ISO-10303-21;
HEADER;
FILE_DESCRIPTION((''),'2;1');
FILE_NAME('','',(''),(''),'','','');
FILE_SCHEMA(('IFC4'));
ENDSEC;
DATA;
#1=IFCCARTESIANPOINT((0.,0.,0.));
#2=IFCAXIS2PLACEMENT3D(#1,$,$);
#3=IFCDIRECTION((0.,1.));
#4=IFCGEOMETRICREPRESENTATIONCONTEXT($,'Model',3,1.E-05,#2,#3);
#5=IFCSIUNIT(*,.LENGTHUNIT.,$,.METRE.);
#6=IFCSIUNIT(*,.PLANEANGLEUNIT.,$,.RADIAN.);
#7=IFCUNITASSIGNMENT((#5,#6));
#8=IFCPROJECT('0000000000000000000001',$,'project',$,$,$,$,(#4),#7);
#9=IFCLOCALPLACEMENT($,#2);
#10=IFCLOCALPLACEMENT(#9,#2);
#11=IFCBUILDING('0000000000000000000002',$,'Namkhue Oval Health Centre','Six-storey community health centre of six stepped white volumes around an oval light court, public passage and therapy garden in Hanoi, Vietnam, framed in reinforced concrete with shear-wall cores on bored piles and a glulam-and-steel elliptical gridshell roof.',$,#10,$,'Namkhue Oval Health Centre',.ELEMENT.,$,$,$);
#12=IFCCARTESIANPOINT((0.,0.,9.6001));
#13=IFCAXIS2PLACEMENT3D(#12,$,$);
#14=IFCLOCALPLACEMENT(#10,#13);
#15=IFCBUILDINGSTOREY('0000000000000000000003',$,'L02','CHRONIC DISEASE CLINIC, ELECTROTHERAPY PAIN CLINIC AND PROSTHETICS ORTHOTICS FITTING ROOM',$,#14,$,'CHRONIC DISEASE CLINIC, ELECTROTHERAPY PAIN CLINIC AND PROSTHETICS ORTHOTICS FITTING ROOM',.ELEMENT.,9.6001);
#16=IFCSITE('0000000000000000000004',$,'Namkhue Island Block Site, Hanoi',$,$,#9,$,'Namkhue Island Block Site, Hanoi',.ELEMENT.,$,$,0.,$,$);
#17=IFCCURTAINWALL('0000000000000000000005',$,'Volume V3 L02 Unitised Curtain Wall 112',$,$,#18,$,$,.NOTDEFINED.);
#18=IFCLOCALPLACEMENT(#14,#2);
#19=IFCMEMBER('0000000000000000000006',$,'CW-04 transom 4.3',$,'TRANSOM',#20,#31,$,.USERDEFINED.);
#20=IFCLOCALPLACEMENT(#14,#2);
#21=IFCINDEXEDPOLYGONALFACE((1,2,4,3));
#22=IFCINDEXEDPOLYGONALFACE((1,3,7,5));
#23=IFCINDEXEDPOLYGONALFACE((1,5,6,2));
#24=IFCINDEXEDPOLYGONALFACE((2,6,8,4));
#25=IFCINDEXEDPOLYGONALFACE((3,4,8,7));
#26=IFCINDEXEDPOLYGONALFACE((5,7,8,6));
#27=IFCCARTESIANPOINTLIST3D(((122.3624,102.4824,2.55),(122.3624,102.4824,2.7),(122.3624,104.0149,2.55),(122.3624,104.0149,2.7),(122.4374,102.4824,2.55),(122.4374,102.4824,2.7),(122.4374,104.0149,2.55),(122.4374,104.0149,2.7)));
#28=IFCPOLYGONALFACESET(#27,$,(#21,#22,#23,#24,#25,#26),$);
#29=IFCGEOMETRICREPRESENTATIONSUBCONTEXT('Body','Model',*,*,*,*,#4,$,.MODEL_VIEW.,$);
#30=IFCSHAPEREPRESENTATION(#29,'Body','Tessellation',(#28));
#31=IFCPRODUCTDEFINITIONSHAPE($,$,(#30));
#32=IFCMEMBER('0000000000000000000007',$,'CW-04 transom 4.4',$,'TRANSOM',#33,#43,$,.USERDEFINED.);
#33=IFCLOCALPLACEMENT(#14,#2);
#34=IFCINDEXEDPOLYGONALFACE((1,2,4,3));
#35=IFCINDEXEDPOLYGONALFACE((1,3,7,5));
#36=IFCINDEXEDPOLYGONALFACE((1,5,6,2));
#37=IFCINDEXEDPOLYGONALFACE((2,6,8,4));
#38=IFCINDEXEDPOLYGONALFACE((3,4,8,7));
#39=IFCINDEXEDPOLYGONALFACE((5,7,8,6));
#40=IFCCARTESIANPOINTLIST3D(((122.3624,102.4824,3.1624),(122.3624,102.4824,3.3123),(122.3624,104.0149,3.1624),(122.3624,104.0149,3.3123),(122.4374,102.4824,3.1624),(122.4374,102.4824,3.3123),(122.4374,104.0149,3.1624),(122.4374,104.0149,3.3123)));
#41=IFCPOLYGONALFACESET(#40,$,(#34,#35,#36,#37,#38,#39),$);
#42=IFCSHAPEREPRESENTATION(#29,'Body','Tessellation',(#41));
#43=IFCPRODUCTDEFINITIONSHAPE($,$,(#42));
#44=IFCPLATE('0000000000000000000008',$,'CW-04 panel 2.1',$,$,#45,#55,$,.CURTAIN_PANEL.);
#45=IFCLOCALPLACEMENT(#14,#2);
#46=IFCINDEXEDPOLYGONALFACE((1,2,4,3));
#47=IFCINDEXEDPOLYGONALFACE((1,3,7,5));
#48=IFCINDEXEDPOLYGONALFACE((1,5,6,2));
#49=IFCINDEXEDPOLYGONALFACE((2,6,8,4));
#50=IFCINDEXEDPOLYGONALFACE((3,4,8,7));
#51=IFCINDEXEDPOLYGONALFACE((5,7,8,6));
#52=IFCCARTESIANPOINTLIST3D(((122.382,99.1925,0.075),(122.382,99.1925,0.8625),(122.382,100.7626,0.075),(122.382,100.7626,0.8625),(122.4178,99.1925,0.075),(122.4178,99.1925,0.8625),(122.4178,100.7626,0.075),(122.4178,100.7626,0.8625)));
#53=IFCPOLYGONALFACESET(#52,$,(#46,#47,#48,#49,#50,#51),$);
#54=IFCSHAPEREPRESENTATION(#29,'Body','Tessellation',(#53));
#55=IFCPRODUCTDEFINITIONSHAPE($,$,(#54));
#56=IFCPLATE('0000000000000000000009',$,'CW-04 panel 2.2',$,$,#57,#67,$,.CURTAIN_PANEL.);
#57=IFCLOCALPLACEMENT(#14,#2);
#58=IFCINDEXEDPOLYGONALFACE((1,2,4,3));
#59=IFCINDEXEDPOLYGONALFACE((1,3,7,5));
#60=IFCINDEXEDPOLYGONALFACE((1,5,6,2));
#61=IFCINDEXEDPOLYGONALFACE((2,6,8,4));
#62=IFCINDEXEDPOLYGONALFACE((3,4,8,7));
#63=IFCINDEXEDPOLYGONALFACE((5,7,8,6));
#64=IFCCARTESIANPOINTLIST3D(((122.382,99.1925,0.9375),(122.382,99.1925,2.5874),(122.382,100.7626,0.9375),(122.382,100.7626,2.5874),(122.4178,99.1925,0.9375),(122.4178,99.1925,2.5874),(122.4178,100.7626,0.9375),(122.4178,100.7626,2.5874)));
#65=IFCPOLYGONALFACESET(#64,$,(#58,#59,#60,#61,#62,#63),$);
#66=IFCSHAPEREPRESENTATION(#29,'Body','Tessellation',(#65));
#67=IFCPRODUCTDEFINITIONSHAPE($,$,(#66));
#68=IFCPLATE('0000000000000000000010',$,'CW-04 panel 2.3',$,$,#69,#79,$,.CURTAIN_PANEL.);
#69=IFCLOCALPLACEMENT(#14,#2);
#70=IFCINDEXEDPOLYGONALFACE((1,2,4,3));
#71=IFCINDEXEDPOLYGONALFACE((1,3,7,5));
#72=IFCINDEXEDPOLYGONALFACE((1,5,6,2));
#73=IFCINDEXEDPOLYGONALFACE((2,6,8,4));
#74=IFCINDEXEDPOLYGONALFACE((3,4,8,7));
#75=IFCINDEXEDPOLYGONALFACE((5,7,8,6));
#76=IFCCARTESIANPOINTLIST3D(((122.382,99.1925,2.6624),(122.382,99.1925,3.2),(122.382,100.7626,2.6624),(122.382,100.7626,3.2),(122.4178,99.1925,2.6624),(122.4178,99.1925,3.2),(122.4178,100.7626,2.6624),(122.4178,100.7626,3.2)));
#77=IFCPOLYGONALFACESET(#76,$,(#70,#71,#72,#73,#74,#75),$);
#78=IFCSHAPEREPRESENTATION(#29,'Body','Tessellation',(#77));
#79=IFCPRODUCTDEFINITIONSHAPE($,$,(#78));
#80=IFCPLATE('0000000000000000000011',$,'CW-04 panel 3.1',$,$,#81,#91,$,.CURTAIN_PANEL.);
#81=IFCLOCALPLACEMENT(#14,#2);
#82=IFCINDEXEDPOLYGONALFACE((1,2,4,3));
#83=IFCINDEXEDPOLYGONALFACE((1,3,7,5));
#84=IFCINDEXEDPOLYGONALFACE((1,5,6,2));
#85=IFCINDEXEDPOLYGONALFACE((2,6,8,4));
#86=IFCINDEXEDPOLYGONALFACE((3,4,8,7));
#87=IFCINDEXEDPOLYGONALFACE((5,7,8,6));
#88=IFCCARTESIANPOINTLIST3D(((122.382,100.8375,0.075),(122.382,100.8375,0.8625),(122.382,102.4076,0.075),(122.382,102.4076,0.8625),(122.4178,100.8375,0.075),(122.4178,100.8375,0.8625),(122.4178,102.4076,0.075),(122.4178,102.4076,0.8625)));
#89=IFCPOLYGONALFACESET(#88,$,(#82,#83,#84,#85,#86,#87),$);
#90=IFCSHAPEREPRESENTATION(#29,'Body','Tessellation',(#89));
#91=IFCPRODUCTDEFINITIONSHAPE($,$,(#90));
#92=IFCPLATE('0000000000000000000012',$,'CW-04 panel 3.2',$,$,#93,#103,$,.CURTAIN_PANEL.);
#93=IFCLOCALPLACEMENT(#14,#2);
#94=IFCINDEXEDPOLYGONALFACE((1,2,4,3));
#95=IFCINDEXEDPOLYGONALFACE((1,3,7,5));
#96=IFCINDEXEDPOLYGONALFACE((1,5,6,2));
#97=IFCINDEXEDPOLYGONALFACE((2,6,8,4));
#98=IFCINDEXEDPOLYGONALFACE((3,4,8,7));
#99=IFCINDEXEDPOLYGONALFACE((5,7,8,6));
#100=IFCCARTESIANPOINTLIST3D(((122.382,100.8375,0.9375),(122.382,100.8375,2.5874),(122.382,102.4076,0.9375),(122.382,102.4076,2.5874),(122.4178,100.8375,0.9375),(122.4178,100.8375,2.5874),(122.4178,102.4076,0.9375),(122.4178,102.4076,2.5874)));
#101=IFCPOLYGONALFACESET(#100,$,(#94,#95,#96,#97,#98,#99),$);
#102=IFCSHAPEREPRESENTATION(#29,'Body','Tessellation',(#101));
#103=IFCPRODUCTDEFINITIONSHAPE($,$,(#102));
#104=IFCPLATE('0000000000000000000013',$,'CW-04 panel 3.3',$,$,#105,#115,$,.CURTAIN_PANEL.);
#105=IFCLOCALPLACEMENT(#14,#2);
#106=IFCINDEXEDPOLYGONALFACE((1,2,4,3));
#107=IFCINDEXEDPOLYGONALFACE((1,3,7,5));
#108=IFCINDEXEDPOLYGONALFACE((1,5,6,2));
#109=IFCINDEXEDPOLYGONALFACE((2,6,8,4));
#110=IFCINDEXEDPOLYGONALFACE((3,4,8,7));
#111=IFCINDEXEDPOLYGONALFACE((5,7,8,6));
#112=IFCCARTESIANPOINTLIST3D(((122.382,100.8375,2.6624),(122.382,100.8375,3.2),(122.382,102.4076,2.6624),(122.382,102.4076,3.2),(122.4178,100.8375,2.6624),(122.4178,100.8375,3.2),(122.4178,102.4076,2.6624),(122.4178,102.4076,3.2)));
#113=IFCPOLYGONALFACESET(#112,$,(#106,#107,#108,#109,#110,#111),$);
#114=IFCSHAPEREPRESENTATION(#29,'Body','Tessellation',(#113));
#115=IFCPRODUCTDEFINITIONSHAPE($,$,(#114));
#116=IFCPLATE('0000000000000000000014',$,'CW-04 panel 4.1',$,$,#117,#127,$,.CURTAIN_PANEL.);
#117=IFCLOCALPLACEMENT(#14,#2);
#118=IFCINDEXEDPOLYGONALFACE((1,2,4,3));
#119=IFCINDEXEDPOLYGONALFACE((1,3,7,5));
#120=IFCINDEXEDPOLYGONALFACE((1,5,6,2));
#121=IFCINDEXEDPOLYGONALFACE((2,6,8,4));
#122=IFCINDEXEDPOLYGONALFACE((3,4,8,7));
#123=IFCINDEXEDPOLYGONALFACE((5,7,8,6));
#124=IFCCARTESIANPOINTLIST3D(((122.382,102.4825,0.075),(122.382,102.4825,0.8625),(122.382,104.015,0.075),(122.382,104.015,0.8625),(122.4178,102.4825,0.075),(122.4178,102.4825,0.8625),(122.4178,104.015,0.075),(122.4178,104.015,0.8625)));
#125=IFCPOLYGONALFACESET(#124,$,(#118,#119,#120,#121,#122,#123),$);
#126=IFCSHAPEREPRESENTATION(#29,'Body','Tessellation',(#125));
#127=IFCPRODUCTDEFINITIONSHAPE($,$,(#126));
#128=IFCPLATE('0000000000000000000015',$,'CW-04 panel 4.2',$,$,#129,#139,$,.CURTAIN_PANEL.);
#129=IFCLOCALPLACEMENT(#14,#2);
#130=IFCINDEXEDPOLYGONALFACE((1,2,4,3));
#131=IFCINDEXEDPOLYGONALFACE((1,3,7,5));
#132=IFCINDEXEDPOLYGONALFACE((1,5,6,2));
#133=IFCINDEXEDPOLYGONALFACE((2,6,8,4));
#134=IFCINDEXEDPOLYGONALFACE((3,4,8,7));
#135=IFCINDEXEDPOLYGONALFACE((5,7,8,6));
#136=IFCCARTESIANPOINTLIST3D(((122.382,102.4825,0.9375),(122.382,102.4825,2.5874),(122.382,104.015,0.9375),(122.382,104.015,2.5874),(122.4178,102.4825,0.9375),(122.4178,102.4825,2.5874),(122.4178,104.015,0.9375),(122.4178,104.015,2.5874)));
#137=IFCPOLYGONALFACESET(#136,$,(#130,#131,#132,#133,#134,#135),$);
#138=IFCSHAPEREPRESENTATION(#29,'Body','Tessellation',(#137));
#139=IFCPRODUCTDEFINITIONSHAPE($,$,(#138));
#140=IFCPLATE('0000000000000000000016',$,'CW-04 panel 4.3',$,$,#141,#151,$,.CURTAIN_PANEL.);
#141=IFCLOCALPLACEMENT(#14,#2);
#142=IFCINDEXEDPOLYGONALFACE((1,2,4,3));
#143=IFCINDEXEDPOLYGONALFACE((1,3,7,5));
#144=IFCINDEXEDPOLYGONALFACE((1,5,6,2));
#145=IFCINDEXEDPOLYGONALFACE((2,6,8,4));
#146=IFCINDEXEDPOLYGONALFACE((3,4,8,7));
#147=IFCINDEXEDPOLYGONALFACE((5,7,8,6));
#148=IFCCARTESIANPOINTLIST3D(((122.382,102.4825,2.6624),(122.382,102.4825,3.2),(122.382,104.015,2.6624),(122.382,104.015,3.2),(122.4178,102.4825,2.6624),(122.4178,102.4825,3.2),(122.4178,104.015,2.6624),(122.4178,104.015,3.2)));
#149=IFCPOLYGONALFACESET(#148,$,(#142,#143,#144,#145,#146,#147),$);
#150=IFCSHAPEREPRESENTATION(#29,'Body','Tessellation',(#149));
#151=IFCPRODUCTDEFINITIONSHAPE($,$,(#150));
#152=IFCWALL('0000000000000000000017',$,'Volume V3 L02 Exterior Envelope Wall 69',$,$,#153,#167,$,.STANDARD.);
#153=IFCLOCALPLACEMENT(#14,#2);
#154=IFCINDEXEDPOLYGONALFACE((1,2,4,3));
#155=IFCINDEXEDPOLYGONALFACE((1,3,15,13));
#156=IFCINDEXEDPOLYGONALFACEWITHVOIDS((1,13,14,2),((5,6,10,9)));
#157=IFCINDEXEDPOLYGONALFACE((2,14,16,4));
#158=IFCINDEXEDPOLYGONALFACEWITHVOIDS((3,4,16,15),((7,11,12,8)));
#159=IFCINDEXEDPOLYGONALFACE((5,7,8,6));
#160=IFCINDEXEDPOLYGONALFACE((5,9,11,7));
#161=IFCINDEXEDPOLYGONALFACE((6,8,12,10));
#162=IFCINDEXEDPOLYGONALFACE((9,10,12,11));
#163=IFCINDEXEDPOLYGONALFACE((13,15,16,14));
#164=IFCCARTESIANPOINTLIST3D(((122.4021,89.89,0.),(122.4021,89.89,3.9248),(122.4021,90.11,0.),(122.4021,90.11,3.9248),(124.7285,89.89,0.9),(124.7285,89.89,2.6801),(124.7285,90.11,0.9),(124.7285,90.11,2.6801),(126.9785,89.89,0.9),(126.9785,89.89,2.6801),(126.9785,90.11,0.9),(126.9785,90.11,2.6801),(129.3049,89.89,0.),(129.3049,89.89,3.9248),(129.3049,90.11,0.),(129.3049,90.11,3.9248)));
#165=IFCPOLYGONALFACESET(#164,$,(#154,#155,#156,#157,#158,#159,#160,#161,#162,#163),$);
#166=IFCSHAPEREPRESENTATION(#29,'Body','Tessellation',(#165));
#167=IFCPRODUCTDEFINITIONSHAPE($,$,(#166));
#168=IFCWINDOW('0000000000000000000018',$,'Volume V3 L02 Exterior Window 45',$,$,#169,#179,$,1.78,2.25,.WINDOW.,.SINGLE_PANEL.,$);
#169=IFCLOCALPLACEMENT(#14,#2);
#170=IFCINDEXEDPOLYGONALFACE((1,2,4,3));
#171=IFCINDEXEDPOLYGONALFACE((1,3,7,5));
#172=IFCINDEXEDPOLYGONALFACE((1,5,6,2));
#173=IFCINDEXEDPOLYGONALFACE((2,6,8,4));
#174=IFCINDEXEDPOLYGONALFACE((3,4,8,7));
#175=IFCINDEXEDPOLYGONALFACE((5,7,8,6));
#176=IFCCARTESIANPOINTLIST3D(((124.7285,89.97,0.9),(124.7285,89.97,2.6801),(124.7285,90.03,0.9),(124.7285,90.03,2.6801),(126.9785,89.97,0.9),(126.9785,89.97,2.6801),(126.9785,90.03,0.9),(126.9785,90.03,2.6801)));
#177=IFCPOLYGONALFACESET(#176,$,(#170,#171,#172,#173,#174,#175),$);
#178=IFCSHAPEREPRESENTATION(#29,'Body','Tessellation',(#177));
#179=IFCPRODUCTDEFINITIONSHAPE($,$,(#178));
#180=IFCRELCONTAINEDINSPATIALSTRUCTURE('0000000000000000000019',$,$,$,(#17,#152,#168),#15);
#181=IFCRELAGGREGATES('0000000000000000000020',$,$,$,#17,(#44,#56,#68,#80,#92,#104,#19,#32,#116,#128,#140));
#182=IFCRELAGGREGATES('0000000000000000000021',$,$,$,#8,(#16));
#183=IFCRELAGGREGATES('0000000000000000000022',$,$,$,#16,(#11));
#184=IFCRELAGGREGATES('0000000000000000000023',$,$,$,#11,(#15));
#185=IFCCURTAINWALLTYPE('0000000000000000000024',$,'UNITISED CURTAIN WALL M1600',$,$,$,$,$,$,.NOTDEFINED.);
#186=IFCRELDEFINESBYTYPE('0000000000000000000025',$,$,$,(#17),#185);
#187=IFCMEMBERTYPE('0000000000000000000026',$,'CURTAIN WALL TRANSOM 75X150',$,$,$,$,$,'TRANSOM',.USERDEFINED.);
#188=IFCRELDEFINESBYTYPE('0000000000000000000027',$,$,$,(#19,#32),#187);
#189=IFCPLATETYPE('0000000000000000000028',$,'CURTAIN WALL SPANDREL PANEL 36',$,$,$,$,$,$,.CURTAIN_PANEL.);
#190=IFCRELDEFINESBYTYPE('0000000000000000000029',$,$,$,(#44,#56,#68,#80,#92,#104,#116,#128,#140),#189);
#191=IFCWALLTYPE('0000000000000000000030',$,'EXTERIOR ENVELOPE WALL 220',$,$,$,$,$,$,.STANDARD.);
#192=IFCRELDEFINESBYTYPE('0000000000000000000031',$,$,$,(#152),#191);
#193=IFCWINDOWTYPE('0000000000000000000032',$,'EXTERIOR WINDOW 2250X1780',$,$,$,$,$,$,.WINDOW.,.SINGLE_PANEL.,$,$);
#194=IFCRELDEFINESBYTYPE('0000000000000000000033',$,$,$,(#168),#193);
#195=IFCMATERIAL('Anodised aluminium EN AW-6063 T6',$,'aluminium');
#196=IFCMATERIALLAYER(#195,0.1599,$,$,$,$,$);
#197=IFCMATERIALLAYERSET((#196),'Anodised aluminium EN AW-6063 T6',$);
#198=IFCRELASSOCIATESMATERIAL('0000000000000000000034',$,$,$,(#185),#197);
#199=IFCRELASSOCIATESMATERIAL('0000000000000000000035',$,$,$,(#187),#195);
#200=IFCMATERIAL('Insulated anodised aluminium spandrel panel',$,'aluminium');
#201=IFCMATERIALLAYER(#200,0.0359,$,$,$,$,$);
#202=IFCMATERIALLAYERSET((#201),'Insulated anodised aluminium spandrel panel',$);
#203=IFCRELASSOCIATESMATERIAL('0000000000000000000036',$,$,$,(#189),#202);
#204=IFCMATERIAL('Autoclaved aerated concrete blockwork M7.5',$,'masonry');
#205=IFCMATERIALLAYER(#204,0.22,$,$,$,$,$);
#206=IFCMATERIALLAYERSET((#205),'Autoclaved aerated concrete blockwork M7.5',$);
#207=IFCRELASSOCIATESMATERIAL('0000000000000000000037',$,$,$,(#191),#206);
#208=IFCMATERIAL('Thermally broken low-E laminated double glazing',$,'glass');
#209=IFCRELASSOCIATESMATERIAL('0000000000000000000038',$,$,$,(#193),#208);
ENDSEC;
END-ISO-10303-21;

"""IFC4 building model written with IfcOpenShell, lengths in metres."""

from ifc_helpers import new_model, si_unit, direction, frame, frame_2d, origin, origin_2d, place, context, subcontext, project, spatial, rectangle, extrude, material, layer, layer_set, material_profile, profile_set, type_object, element, fill, aggregate, save


model = new_model("IFC4")

# Units and contexts
model_context = context("Model", 3, precision=1e-05, world=origin(), true_north=direction((0.0, 1.0)))
body_context = subcontext(model_context, "Body", "Model", "MODEL_VIEW")
ifc_project = project(units=[si_unit("LENGTHUNIT", "METRE"), si_unit("PLANEANGLEUNIT", "RADIAN")], contexts=[model_context])

# Site, building, storey
site_placement = place(None, origin())
site = spatial("IfcSite", under=ifc_project, at=site_placement, Name="Namkhue Island Block Site, Hanoi", LongName="Namkhue Island Block Site, Hanoi", CompositionType="ELEMENT", RefElevation=0.0)
building_placement = place(site_placement, origin())
building = spatial("IfcBuilding", under=site, at=building_placement, Name="Namkhue Oval Health Centre", Description="Six-storey community health centre of six stepped white volumes around an oval light court, public passage and therapy garden in Hanoi, Vietnam, framed in reinforced concrete with shear-wall cores on bored piles and a glulam-and-steel elliptical gridshell roof.", LongName="Namkhue Oval Health Centre", CompositionType="ELEMENT")
storey_placement = place(building_placement, frame((0.0, 0.0, 9.6001)))
storey = spatial("IfcBuildingStorey", under=building, at=storey_placement, Name="L02", Description="CHRONIC DISEASE CLINIC, ELECTROTHERAPY PAIN CLINIC AND PROSTHETICS ORTHOTICS FITTING ROOM", LongName="CHRONIC DISEASE CLINIC, ELECTROTHERAPY PAIN CLINIC AND PROSTHETICS ORTHOTICS FITTING ROOM", CompositionType="ELEMENT", Elevation=9.6001)

# Curtain wall, members, plates
ifc_material_1 = material(Name="Anodised aluminium EN AW-6063 T6", Category="aluminium")
ifc_layer_1 = layer(ifc_material_1, 0.1599)
ifc_layer_set_1 = layer_set([ifc_layer_1], Name="Anodised aluminium EN AW-6063 T6")
curtain_wall_type = type_object("IfcCurtainWallType", Name="UNITISED CURTAIN WALL M1600", PredefinedType="NOTDEFINED", material=ifc_layer_set_1)
curtain_wall_placement = place(storey_placement, origin())
curtain_wall = element("IfcCurtainWall", 1, at=curtain_wall_placement, inside=storey, type_object=curtain_wall_type, Name="Volume V3 L02 Unitised Curtain Wall 112", PredefinedType="NOTDEFINED")
ifc_material_profile_1 = material_profile(ifc_material_1, rectangle(XDim=0.075, YDim=0.1499, at=origin_2d()), Name="ALU 75x150")
ifc_profile_set_1 = profile_set([ifc_material_profile_1], Name="Anodised aluminium EN AW-6063 T6")
member_type_1 = type_object("IfcMemberType", Name="CURTAIN WALL TRANSOM 75X150", ElementType="TRANSOM", PredefinedType="USERDEFINED", material=ifc_profile_set_1)
member_1_placement = place(storey_placement, frame((122.3999, 102.4824, 2.625), z_axis=(0.0, 1.0, 0.0), x_axis=(-1.0, 0.0, 0.0)))
member_1 = element("IfcMember", 2, at=member_1_placement, type_object=member_type_1, Name="CW-04 transom 4.3", ObjectType="TRANSOM", PredefinedType="USERDEFINED", context=body_context, shape_type="SweptSolid", body=[
    extrude(rectangle(XDim=0.075, YDim=0.1499, at=origin_2d()), origin(), (0.0, 0.0, 1.0), 1.5325),
])
member_2_placement = place(storey_placement, frame((122.3999, 102.4824, 3.2373), z_axis=(0.0, 1.0, 0.0), x_axis=(-1.0, 0.0, 0.0)))
member_2 = element("IfcMember", 3, at=member_2_placement, type_object=member_type_1, Name="CW-04 transom 4.4", ObjectType="TRANSOM", PredefinedType="USERDEFINED", context=body_context, shape_type="SweptSolid", body=[
    extrude(rectangle(XDim=0.075, YDim=0.1499, at=origin_2d()), origin(), (0.0, 0.0, 1.0), 1.5325),
])
ifc_material_2 = material(Name="Insulated anodised aluminium spandrel panel", Category="aluminium")
ifc_layer_2 = layer(ifc_material_2, 0.0359)
ifc_layer_set_2 = layer_set([ifc_layer_2], Name="Insulated anodised aluminium spandrel panel")
plate_type = type_object("IfcPlateType", Name="CURTAIN WALL SPANDREL PANEL 36", PredefinedType="CURTAIN_PANEL", material=ifc_layer_set_2)
plate_1_placement = place(storey_placement, frame((122.3999, 99.9775, 0.075), z_axis=(0.0, 0.0, 1.0), x_axis=(0.0, 1.0, 0.0)))
plate_1 = element("IfcPlate", 4, at=plate_1_placement, type_object=plate_type, Name="CW-04 panel 2.1", PredefinedType="CURTAIN_PANEL", context=body_context, shape_type="SweptSolid", body=[
    extrude(rectangle(XDim=1.5701, YDim=0.0359, at=origin_2d()), origin(), (0.0, 0.0, 1.0), 0.7876),
])
plate_2_placement = place(storey_placement, frame((122.3999, 99.9775, 0.9375), z_axis=(0.0, 0.0, 1.0), x_axis=(0.0, 1.0, 0.0)))
plate_2 = element("IfcPlate", 5, at=plate_2_placement, type_object=plate_type, Name="CW-04 panel 2.2", PredefinedType="CURTAIN_PANEL", context=body_context, shape_type="SweptSolid", body=[
    extrude(rectangle(XDim=1.5701, YDim=0.0359, at=origin_2d()), origin(), (0.0, 0.0, 1.0), 1.6499),
])
plate_3_placement = place(storey_placement, frame((122.3999, 99.9775, 2.6624), z_axis=(0.0, 0.0, 1.0), x_axis=(0.0, 1.0, 0.0)))
plate_3 = element("IfcPlate", 6, at=plate_3_placement, type_object=plate_type, Name="CW-04 panel 2.3", PredefinedType="CURTAIN_PANEL", context=body_context, shape_type="SweptSolid", body=[
    extrude(rectangle(XDim=1.5701, YDim=0.0359, at=origin_2d()), origin(), (0.0, 0.0, 1.0), 0.5376),
])
plate_4_placement = place(storey_placement, frame((122.3999, 101.6226, 0.075), z_axis=(0.0, 0.0, 1.0), x_axis=(0.0, 1.0, 0.0)))
plate_4 = element("IfcPlate", 7, at=plate_4_placement, type_object=plate_type, Name="CW-04 panel 3.1", PredefinedType="CURTAIN_PANEL", context=body_context, shape_type="SweptSolid", body=[
    extrude(rectangle(XDim=1.5701, YDim=0.0359, at=origin_2d()), origin(), (0.0, 0.0, 1.0), 0.7876),
])
plate_5_placement = place(storey_placement, frame((122.3999, 101.6226, 0.9375), z_axis=(0.0, 0.0, 1.0), x_axis=(0.0, 1.0, 0.0)))
plate_5 = element("IfcPlate", 8, at=plate_5_placement, type_object=plate_type, Name="CW-04 panel 3.2", PredefinedType="CURTAIN_PANEL", context=body_context, shape_type="SweptSolid", body=[
    extrude(rectangle(XDim=1.5701, YDim=0.0359, at=origin_2d()), origin(), (0.0, 0.0, 1.0), 1.6499),
])
plate_6_placement = place(storey_placement, frame((122.3999, 101.6226, 2.6624), z_axis=(0.0, 0.0, 1.0), x_axis=(0.0, 1.0, 0.0)))
plate_6 = element("IfcPlate", 9, at=plate_6_placement, type_object=plate_type, Name="CW-04 panel 3.3", PredefinedType="CURTAIN_PANEL", context=body_context, shape_type="SweptSolid", body=[
    extrude(rectangle(XDim=1.5701, YDim=0.0359, at=origin_2d()), origin(), (0.0, 0.0, 1.0), 0.5376),
])
plate_7_placement = place(storey_placement, frame((122.3999, 103.2488, 0.075), z_axis=(0.0, 0.0, 1.0), x_axis=(0.0, 1.0, 0.0)))
plate_7 = element("IfcPlate", 10, at=plate_7_placement, type_object=plate_type, Name="CW-04 panel 4.1", PredefinedType="CURTAIN_PANEL", context=body_context, shape_type="SweptSolid", body=[
    extrude(rectangle(XDim=1.5325, YDim=0.0359, at=origin_2d()), origin(), (0.0, 0.0, 1.0), 0.7876),
])
plate_8_placement = place(storey_placement, frame((122.3999, 103.2488, 0.9375), z_axis=(0.0, 0.0, 1.0), x_axis=(0.0, 1.0, 0.0)))
plate_8 = element("IfcPlate", 11, at=plate_8_placement, type_object=plate_type, Name="CW-04 panel 4.2", PredefinedType="CURTAIN_PANEL", context=body_context, shape_type="SweptSolid", body=[
    extrude(rectangle(XDim=1.5325, YDim=0.0359, at=origin_2d()), origin(), (0.0, 0.0, 1.0), 1.6499),
])
plate_9_placement = place(storey_placement, frame((122.3999, 103.2488, 2.6624), z_axis=(0.0, 0.0, 1.0), x_axis=(0.0, 1.0, 0.0)))
plate_9 = element("IfcPlate", 12, at=plate_9_placement, type_object=plate_type, Name="CW-04 panel 4.3", PredefinedType="CURTAIN_PANEL", context=body_context, shape_type="SweptSolid", body=[
    extrude(rectangle(XDim=1.5325, YDim=0.0359, at=origin_2d()), origin(), (0.0, 0.0, 1.0), 0.5376),
])
aggregate(curtain_wall, [plate_1, plate_2, plate_3, plate_4, plate_5, plate_6, member_1, member_2, plate_7, plate_8, plate_9])

# Wall, opening, window
ifc_material_3 = material(Name="Autoclaved aerated concrete blockwork M7.5", Category="masonry")
ifc_layer_3 = layer(ifc_material_3, 0.22)
ifc_layer_set_3 = layer_set([ifc_layer_3], Name="Autoclaved aerated concrete blockwork M7.5")
wall_type_1 = type_object("IfcWallType", Name="EXTERIOR ENVELOPE WALL 220", PredefinedType="STANDARD", material=ifc_layer_set_3)
wall_1_placement = place(storey_placement, frame((122.4021, 90.0, 0.0), z_axis=(0.0, 0.0, 1.0), x_axis=(1.0, 0.0, 0.0)))
wall_1 = element("IfcWall", 13, at=wall_1_placement, inside=storey, type_object=wall_type_1, Name="Volume V3 L02 Exterior Envelope Wall 69", PredefinedType="STANDARD", context=body_context, shape_type="SweptSolid", body=[
    extrude(rectangle(XDim=6.9028, YDim=0.22, at=frame_2d((3.4514, 0.0))), origin(), (0.0, 0.0, 1.0), 3.9248),
])
opening_1_placement = place(wall_1_placement, frame((2.3264, 0.0, 0.8999)))
opening_1 = element("IfcOpeningElement", 14, at=opening_1_placement, cuts=wall_1, PredefinedType="OPENING", context=body_context, shape_type="SweptSolid", body=[
    extrude(rectangle(XDim=2.25, YDim=1.78, at=frame_2d((1.125, 0.8901))), frame((0.0, 0.1199, 0.0), z_axis=(0.0, -1.0, 0.0), x_axis=(1.0, 0.0, 0.0)), (0.0, 0.0, 1.0), 0.24),
])
ifc_material_4 = material(Name="Thermally broken low-E laminated double glazing", Category="glass")
window_type = type_object("IfcWindowType", Name="EXTERIOR WINDOW 2250X1780", PartitioningType="SINGLE_PANEL", PredefinedType="WINDOW", material=ifc_material_4)
window_placement = place(opening_1_placement, origin())
window = element("IfcWindow", 15, at=window_placement, inside=storey, type_object=window_type, Name="Volume V3 L02 Exterior Window 45", OverallHeight=1.78, OverallWidth=2.25, PartitioningType="SINGLE_PANEL", PredefinedType="WINDOW", context=body_context, shape_type="SweptSolid", body=[
    extrude(rectangle(XDim=2.25, YDim=1.78, at=frame_2d((1.125, 0.8901))), frame((0.0, 0.03, 0.0), z_axis=(0.0, -1.0, 0.0), x_axis=(1.0, 0.0, 0.0)), (0.0, 0.0, 1.0), 0.0601),
])
fill(opening_1, window)

save(model, "model.ifc")
